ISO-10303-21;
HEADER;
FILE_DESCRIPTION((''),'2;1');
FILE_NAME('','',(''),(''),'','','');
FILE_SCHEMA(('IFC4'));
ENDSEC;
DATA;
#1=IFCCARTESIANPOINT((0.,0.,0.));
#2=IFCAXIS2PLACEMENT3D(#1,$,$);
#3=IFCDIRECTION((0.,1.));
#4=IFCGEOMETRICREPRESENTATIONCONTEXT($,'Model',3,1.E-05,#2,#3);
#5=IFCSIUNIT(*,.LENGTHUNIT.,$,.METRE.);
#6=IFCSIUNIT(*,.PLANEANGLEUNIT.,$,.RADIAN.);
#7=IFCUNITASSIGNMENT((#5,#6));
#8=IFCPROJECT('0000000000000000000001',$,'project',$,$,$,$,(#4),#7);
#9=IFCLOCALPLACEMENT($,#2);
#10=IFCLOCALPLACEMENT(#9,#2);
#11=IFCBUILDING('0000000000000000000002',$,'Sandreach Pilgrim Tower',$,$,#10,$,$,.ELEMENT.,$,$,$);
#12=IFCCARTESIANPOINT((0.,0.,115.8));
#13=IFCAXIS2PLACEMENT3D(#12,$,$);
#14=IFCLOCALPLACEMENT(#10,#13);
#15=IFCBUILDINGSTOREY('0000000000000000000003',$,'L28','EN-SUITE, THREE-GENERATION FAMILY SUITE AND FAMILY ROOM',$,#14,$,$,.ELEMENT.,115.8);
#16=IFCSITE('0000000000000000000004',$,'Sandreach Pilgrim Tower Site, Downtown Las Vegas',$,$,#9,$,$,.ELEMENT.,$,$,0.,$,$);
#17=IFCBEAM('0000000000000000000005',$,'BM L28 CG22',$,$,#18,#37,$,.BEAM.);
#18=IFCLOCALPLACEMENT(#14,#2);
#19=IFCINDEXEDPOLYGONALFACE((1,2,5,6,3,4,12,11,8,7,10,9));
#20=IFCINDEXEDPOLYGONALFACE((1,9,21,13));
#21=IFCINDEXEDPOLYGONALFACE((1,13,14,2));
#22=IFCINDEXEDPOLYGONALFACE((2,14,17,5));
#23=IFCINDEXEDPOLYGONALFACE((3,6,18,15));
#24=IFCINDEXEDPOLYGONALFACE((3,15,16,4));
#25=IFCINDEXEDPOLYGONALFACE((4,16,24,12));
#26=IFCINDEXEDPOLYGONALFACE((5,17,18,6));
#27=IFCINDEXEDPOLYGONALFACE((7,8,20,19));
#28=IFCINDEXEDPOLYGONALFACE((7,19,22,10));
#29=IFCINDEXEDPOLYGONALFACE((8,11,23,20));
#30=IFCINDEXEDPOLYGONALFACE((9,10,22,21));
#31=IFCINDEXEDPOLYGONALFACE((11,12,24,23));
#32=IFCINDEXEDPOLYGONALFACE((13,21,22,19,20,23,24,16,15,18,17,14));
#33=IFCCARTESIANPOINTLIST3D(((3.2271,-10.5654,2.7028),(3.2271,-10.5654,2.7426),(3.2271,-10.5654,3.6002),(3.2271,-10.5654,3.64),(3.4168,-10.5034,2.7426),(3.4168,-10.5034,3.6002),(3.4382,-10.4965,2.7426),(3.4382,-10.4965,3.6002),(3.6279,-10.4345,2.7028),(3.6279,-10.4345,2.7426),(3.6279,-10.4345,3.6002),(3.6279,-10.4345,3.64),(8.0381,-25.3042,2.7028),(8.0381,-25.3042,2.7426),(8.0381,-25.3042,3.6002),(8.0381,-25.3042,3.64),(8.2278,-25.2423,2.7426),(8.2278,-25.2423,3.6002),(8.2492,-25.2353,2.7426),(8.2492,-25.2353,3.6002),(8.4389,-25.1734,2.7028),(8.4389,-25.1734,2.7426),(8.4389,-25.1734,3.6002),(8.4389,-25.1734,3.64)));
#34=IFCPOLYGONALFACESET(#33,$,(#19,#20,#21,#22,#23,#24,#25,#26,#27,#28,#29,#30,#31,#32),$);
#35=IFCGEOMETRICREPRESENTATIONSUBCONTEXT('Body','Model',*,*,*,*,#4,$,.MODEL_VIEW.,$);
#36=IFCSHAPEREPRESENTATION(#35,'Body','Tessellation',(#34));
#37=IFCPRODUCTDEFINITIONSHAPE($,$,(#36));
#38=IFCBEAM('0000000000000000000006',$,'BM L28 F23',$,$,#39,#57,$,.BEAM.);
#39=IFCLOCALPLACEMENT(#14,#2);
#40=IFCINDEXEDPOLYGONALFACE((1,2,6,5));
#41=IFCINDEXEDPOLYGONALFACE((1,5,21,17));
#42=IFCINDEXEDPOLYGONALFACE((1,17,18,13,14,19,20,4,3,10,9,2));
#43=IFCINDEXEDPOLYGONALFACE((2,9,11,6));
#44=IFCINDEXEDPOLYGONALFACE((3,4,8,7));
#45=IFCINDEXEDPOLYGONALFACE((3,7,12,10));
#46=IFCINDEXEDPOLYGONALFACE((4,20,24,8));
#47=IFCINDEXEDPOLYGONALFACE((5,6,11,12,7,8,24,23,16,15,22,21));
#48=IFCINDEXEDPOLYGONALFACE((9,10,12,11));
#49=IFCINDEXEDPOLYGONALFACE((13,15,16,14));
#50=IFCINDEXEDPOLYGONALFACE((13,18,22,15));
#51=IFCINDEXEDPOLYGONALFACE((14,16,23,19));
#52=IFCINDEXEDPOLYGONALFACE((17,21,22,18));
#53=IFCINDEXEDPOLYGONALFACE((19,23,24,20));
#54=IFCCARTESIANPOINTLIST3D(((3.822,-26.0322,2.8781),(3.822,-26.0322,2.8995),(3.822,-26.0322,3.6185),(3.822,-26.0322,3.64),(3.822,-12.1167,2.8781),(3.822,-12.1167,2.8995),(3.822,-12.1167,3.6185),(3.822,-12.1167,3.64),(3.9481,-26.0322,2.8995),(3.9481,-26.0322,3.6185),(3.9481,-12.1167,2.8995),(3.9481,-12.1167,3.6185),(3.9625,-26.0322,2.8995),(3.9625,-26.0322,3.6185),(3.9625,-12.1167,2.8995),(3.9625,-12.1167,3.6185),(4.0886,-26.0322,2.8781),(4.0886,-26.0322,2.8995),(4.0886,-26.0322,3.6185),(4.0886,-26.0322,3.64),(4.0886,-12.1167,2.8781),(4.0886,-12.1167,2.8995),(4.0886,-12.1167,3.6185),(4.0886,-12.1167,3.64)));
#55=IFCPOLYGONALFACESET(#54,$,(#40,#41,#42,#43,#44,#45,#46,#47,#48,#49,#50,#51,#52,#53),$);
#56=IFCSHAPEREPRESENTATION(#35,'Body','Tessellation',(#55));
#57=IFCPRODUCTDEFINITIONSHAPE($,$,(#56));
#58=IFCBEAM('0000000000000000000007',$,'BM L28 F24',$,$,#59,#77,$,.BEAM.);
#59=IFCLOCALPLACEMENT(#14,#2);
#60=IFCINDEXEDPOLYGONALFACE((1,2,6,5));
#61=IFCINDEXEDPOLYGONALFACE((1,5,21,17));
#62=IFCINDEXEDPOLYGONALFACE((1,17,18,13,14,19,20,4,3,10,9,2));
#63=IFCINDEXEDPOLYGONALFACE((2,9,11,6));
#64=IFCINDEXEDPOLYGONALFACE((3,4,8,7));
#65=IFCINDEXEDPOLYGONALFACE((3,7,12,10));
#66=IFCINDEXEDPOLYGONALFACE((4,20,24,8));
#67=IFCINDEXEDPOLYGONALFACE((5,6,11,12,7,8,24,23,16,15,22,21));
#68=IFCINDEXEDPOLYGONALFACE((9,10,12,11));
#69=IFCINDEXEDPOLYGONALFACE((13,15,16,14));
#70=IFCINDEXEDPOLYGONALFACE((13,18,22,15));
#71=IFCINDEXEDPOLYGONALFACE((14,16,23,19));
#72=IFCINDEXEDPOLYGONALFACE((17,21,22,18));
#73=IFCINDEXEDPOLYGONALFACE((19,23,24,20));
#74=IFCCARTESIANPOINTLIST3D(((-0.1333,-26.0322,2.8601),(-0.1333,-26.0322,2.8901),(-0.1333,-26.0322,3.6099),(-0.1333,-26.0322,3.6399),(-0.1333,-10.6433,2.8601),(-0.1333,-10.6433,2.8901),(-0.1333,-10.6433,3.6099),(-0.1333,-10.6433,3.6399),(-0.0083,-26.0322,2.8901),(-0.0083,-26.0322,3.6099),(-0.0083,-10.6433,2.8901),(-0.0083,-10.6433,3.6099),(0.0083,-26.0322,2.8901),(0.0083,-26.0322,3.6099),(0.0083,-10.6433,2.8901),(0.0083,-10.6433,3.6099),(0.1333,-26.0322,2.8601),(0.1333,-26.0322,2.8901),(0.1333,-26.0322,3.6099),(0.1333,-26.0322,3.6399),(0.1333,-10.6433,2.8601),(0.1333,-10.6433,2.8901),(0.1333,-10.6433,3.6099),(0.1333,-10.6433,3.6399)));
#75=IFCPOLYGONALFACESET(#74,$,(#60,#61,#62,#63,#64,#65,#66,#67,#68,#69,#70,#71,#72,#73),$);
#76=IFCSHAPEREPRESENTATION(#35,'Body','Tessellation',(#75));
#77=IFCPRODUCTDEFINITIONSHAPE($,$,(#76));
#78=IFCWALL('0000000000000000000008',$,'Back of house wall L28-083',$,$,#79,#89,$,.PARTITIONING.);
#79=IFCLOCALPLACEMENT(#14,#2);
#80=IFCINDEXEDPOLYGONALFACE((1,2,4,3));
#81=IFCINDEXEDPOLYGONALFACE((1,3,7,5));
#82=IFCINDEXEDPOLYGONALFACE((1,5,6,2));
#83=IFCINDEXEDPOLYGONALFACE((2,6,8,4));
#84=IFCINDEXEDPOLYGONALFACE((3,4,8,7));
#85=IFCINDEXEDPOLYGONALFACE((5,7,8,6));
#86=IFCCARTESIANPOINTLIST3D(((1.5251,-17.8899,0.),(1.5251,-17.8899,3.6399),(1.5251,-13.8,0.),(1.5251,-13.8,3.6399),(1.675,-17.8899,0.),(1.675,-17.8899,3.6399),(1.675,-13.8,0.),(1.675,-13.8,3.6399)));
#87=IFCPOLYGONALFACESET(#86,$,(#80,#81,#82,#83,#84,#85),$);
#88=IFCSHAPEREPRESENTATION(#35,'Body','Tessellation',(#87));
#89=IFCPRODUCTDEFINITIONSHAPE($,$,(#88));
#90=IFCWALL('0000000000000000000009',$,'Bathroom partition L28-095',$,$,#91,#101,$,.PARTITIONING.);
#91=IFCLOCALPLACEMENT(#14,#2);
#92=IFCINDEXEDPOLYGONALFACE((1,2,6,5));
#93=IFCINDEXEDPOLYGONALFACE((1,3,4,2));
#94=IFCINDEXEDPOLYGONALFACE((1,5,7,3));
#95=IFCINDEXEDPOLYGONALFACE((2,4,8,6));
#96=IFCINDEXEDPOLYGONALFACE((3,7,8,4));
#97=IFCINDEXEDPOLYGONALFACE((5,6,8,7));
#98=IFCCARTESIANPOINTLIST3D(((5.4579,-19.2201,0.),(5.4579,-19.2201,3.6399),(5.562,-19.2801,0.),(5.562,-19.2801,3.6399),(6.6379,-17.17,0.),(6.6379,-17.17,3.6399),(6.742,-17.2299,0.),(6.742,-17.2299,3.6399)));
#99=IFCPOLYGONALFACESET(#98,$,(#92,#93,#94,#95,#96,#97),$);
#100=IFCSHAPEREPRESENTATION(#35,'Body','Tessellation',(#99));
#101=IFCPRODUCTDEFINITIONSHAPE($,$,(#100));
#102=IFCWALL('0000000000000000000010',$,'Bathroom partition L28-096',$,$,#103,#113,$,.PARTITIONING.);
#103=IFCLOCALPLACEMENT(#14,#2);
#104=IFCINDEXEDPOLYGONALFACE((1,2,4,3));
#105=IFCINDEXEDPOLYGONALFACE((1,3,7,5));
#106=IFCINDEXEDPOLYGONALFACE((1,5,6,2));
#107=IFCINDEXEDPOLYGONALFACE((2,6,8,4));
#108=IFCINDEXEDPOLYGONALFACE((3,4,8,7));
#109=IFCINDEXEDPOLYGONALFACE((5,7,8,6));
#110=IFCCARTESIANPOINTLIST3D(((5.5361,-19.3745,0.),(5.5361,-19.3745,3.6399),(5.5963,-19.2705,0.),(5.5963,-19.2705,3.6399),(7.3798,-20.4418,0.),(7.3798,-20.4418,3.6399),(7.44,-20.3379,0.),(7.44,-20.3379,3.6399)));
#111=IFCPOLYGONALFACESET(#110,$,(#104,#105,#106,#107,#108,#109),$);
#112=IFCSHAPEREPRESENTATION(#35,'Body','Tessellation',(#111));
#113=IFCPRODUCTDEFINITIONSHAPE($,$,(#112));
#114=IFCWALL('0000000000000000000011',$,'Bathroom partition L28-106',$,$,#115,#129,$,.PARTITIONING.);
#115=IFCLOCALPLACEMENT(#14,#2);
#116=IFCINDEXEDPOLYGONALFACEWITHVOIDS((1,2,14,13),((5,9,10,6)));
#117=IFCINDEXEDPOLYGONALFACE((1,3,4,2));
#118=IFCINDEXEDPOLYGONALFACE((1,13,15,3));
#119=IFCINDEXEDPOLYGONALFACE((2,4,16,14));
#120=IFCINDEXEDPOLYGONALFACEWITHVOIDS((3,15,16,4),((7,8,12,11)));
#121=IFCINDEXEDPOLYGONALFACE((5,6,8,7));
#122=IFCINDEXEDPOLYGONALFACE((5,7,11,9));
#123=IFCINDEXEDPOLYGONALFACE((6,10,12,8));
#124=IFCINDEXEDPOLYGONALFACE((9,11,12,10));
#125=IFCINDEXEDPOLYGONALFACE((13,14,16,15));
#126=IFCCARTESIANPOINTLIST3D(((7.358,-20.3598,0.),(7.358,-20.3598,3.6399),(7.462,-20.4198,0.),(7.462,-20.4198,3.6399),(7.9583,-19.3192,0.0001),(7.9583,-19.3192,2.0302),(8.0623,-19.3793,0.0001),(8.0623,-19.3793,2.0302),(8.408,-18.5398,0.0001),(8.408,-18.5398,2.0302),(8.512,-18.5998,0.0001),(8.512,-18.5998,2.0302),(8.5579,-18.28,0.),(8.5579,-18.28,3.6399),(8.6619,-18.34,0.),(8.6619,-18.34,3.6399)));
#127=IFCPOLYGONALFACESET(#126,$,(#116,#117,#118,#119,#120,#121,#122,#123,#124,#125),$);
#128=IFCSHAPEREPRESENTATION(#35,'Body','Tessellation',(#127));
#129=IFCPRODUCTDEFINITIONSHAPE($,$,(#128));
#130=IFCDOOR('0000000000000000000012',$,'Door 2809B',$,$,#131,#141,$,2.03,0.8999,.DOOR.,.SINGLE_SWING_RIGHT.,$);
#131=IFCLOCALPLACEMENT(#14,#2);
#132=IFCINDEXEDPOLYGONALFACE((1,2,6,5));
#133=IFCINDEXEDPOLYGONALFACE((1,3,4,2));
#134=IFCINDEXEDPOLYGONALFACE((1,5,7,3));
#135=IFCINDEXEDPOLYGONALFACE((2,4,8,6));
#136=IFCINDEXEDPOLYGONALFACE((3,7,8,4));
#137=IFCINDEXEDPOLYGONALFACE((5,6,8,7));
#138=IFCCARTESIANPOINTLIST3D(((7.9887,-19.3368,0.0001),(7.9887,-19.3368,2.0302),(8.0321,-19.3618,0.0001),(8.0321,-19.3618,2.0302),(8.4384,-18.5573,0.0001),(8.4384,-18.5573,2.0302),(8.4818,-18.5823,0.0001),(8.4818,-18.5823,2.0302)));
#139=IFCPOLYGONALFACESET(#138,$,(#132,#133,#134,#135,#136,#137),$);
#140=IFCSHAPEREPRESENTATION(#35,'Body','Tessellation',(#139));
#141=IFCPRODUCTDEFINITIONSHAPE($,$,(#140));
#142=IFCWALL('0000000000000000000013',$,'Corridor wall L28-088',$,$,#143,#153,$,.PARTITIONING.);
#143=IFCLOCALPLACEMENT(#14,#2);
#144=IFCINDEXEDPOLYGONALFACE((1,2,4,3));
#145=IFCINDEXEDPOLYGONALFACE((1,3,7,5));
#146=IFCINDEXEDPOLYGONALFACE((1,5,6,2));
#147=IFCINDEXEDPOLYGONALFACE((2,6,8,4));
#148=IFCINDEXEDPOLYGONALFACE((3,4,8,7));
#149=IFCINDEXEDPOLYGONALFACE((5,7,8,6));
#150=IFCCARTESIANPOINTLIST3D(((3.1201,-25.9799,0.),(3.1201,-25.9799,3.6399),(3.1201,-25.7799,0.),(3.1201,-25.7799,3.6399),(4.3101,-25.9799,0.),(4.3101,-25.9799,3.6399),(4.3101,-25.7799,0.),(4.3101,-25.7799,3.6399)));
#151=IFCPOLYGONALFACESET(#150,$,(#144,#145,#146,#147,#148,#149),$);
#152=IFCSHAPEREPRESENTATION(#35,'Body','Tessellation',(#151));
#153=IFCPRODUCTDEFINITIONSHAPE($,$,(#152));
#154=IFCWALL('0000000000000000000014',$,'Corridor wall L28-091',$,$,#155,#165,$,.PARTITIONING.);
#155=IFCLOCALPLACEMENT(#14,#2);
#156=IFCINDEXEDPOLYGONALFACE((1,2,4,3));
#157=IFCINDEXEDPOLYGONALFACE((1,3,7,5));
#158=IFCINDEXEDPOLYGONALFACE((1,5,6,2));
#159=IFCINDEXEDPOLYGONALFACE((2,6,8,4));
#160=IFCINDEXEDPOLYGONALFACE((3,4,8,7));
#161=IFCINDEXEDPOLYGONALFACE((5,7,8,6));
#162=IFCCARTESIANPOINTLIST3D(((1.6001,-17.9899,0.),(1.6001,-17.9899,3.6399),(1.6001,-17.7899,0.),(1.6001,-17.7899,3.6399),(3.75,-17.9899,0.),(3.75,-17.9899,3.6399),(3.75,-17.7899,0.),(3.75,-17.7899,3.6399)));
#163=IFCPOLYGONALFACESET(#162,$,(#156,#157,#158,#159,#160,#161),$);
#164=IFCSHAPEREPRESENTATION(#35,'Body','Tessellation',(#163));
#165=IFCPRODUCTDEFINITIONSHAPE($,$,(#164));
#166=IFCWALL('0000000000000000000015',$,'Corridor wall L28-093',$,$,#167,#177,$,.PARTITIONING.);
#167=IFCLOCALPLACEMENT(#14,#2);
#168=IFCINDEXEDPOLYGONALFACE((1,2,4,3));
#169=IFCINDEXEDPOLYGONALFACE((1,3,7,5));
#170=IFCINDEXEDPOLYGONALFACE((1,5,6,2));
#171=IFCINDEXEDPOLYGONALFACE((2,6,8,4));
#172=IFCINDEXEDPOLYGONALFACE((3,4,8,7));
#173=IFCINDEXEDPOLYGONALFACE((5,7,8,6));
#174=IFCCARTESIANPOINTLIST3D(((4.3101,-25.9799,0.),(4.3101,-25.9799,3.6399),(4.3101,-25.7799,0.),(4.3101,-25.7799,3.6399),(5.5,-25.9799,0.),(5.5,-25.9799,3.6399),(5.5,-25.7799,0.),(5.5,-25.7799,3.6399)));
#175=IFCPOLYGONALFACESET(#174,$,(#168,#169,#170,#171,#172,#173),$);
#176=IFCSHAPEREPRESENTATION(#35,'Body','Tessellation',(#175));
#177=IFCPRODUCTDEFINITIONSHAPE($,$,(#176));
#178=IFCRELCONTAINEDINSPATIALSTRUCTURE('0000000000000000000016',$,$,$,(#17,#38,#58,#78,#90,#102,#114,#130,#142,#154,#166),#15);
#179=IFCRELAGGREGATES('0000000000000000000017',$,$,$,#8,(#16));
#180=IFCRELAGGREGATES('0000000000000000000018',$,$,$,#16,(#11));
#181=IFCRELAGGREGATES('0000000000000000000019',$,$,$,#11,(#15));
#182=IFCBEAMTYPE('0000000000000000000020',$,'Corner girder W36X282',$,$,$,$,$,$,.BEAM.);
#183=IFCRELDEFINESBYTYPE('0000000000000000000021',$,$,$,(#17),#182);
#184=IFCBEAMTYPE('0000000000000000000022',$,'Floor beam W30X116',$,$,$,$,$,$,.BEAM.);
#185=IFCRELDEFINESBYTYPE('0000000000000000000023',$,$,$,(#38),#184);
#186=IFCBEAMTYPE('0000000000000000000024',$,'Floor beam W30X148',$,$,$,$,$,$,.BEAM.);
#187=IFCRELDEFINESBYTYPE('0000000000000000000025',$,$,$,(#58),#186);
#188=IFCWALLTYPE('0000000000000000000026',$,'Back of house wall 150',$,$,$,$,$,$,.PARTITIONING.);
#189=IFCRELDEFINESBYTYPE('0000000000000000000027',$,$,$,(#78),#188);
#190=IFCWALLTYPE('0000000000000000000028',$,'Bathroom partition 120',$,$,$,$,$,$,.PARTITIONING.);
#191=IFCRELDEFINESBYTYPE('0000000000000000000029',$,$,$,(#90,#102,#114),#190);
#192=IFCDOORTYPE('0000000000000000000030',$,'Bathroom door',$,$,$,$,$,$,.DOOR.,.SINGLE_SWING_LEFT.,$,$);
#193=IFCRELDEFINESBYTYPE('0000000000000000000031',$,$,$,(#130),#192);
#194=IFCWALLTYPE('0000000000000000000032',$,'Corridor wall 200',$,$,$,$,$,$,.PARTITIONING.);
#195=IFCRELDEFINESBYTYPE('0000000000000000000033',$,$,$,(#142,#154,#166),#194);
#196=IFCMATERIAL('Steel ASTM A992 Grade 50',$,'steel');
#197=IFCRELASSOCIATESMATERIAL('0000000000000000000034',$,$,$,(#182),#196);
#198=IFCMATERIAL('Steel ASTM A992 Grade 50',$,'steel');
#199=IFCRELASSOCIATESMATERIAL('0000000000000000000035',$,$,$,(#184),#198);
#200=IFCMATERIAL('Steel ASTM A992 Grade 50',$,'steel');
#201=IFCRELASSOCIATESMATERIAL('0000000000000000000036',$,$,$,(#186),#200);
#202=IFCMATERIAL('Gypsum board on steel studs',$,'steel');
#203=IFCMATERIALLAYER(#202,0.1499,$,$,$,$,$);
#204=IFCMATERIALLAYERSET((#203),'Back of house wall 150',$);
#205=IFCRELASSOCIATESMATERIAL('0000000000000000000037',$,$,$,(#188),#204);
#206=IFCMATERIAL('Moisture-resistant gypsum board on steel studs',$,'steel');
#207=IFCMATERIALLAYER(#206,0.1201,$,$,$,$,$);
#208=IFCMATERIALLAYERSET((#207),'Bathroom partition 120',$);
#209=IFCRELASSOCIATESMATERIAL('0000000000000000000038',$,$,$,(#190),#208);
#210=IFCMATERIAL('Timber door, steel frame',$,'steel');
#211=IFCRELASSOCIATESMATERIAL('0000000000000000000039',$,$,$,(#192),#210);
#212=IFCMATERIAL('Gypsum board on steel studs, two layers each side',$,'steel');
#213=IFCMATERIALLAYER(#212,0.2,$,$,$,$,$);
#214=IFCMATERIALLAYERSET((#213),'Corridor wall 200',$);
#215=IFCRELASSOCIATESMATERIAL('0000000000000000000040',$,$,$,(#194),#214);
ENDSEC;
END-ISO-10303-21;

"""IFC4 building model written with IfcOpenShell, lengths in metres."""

from ifc_helpers import new_model, si_unit, direction, frame, frame_2d, origin, origin_2d, place, context, subcontext, project, spatial, rectangle, i_section, extrude, material, layer, layer_set, material_profile, profile_set, type_object, element, fill, save


model = new_model("IFC4")

# Units and contexts
model_context = context("Model", 3, precision=1e-05, world=origin(), true_north=direction((0.0, 1.0)))
body_context = subcontext(model_context, "Body", "Model", "MODEL_VIEW")
ifc_project = project(units=[si_unit("LENGTHUNIT", "METRE"), si_unit("PLANEANGLEUNIT", "RADIAN")], contexts=[model_context])

# Site, building, storey
site_placement = place(None, origin())
site = spatial("IfcSite", under=ifc_project, at=site_placement, Name="Sandreach Pilgrim Tower Site, Downtown Las Vegas", CompositionType="ELEMENT", RefElevation=0.0)
building_placement = place(site_placement, origin())
building = spatial("IfcBuilding", under=site, at=building_placement, Name="Sandreach Pilgrim Tower", CompositionType="ELEMENT")
storey_placement = place(building_placement, frame((0.0, 0.0, 115.8)))
storey = spatial("IfcBuildingStorey", under=building, at=storey_placement, Name="L28", Description="EN-SUITE, THREE-GENERATION FAMILY SUITE AND FAMILY ROOM", CompositionType="ELEMENT", Elevation=115.8)

# Beams
ifc_material_1 = material(Name="Steel ASTM A992 Grade 50", Category="steel")
ifc_material_profile_1 = material_profile(ifc_material_1, i_section(OverallWidth=0.4216, OverallDepth=0.9373, WebThickness=0.0225, FlangeThickness=0.0398, at=origin_2d()), Name="W36X282")
ifc_profile_set_1 = profile_set([ifc_material_profile_1], Name="Steel ASTM A992 Grade 50")
beam_type_1 = type_object("IfcBeamType", Name="Corner girder W36X282", PredefinedType="BEAM", material=ifc_profile_set_1)
beam_1_placement = place(storey_placement, frame((8.2385, -25.2388, 3.1714), z_axis=(-0.310307, 0.950636, 0.0), x_axis=(-0.950636, -0.310307, 0.0)))
element("IfcBeam", 1, at=beam_1_placement, inside=storey, type_object=beam_type_1, Name="BM L28 CG22", PredefinedType="BEAM", context=body_context, shape_type="SweptSolid", body=[
    extrude(i_section(OverallWidth=0.4216, OverallDepth=0.9373, WebThickness=0.0225, FlangeThickness=0.0398, at=origin_2d()), origin(), (0.0, 0.0, 1.0), 15.5042),
])
ifc_material_2 = material(Name="Steel ASTM A992 Grade 50", Category="steel")
ifc_material_profile_2 = material_profile(ifc_material_2, i_section(OverallWidth=0.2666, OverallDepth=0.762, WebThickness=0.0144, FlangeThickness=0.0215, at=origin_2d()), Name="W30X116")
ifc_profile_set_2 = profile_set([ifc_material_profile_2], Name="Steel ASTM A992 Grade 50")
beam_type_2 = type_object("IfcBeamType", Name="Floor beam W30X116", PredefinedType="BEAM", material=ifc_profile_set_2)
beam_2_placement = place(storey_placement, frame((3.9553, -26.0322, 3.259), z_axis=(0.0, 1.0, 0.0), x_axis=(-1.0, 0.0, 0.0)))
element("IfcBeam", 2, at=beam_2_placement, inside=storey, type_object=beam_type_2, Name="BM L28 F23", PredefinedType="BEAM", context=body_context, shape_type="SweptSolid", body=[
    extrude(i_section(OverallWidth=0.2666, OverallDepth=0.762, WebThickness=0.0144, FlangeThickness=0.0215, at=origin_2d()), origin(), (0.0, 0.0, 1.0), 13.9155),
])
ifc_material_3 = material(Name="Steel ASTM A992 Grade 50", Category="steel")
ifc_material_profile_3 = material_profile(ifc_material_3, i_section(OverallWidth=0.2666, OverallDepth=0.7798, WebThickness=0.0166, FlangeThickness=0.03, at=origin_2d()), Name="W30X148")
ifc_profile_set_3 = profile_set([ifc_material_profile_3], Name="Steel ASTM A992 Grade 50")
beam_type_3 = type_object("IfcBeamType", Name="Floor beam W30X148", PredefinedType="BEAM", material=ifc_profile_set_3)
beam_3_placement = place(storey_placement, frame((0.0, -26.0322, 3.25), z_axis=(0.0, 1.0, 0.0), x_axis=(-1.0, 0.0, 0.0)))
element("IfcBeam", 3, at=beam_3_placement, inside=storey, type_object=beam_type_3, Name="BM L28 F24", PredefinedType="BEAM", context=body_context, shape_type="SweptSolid", body=[
    extrude(i_section(OverallWidth=0.2666, OverallDepth=0.7798, WebThickness=0.0166, FlangeThickness=0.03, at=origin_2d()), origin(), (0.0, 0.0, 1.0), 15.3889),
])

# Walls
ifc_material_4 = material(Name="Gypsum board on steel studs", Category="steel")
ifc_layer_1 = layer(ifc_material_4, 0.1499)
ifc_layer_set_1 = layer_set([ifc_layer_1], Name="Back of house wall 150")
wall_type_1 = type_object("IfcWallType", Name="Back of house wall 150", PredefinedType="PARTITIONING", material=ifc_layer_set_1)
wall_1_placement = place(storey_placement, frame((1.6001, -13.8, 0.0), z_axis=(0.0, 0.0, 1.0), x_axis=(0.0, -1.0, 0.0)))
element("IfcWall", 4, at=wall_1_placement, inside=storey, type_object=wall_type_1, Name="Back of house wall L28-083", PredefinedType="PARTITIONING", context=body_context, shape_type="SweptSolid", body=[
    extrude(rectangle(XDim=4.0898, YDim=0.1499, at=frame_2d((2.0449, 0.0))), origin(), (0.0, 0.0, 1.0), 3.6399),
])
ifc_material_5 = material(Name="Moisture-resistant gypsum board on steel studs", Category="steel")
ifc_layer_2 = layer(ifc_material_5, 0.1201)
ifc_layer_set_2 = layer_set([ifc_layer_2], Name="Bathroom partition 120")
wall_type_2 = type_object("IfcWallType", Name="Bathroom partition 120", PredefinedType="PARTITIONING", material=ifc_layer_set_2)
wall_2_placement = place(storey_placement, frame((5.51, -19.25, 0.0), z_axis=(0.0, 0.0, 1.0), x_axis=(0.498838, 0.866695, 0.0)))
element("IfcWall", 5, at=wall_2_placement, inside=storey, type_object=wall_type_2, Name="Bathroom partition L28-095", PredefinedType="PARTITIONING", context=body_context, shape_type="SweptSolid", body=[
    extrude(rectangle(XDim=2.3655, YDim=0.1201, at=frame_2d((1.1826, 0.0))), origin(), (0.0, 0.0, 1.0), 3.6399),
])
wall_3_placement = place(storey_placement, frame((5.5662, -19.3225, 0.0), z_axis=(0.0, 0.0, 1.0), x_axis=(0.865437, -0.501018, 0.0)))
element("IfcWall", 6, at=wall_3_placement, inside=storey, type_object=wall_type_2, Name="Bathroom partition L28-096", PredefinedType="PARTITIONING", context=body_context, shape_type="SweptSolid", body=[
    extrude(rectangle(XDim=2.1304, YDim=0.1201, at=frame_2d((1.0652, 0.0))), origin(), (0.0, 0.0, 1.0), 3.6399),
])

# Wall, opening, door
wall_4_placement = place(storey_placement, frame((7.4099, -20.3899, 0.0), z_axis=(0.0, 0.0, 1.0), x_axis=(0.499737, 0.866177, 0.0)))
wall_4 = element("IfcWall", 7, at=wall_4_placement, inside=storey, type_object=wall_type_2, Name="Bathroom partition L28-106", PredefinedType="PARTITIONING", context=body_context, shape_type="SweptSolid", body=[
    extrude(rectangle(XDim=2.4011, YDim=0.1201, at=frame_2d((1.2007, 0.0))), origin(), (0.0, 0.0, 1.0), 3.6399),
])
opening_1_placement = place(wall_4_placement, frame((1.2014, 0.0, 0.0)))
opening_1 = element("IfcOpeningElement", 8, at=opening_1_placement, cuts=wall_4, PredefinedType="OPENING", context=body_context, shape_type="SweptSolid", body=[
    extrude(rectangle(XDim=0.8999, YDim=2.03, at=frame_2d((0.45, 1.0151))), frame((0.0, 0.0601, 0.0), z_axis=(0.0, -1.0, 0.0), x_axis=(1.0, 0.0, 0.0)), (0.0, 0.0, 1.0), 0.1201),
])
ifc_material_6 = material(Name="Timber door, steel frame", Category="steel")
door_type_1 = type_object("IfcDoorType", Name="Bathroom door", OperationType="SINGLE_SWING_LEFT", PredefinedType="DOOR", material=ifc_material_6)
door_1_placement = place(opening_1_placement, origin())
door_1 = element("IfcDoor", 9, at=door_1_placement, inside=storey, type_object=door_type_1, Name="Door 2809B", OperationType="SINGLE_SWING_RIGHT", OverallHeight=2.03, OverallWidth=0.8999, PredefinedType="DOOR", context=body_context, shape_type="SweptSolid", body=[
    extrude(rectangle(XDim=0.8999, YDim=2.03, at=frame_2d((0.45, 1.0151))), frame((0.0, 0.0249, 0.0), z_axis=(0.0, -1.0, 0.0), x_axis=(1.0, 0.0, 0.0)), (0.0, 0.0, 1.0), 0.05),
])
fill(opening_1, door_1)
ifc_material_7 = material(Name="Gypsum board on steel studs, two layers each side", Category="steel")
ifc_layer_3 = layer(ifc_material_7, 0.2)
ifc_layer_set_3 = layer_set([ifc_layer_3], Name="Corridor wall 200")
wall_type_3 = type_object("IfcWallType", Name="Corridor wall 200", PredefinedType="PARTITIONING", material=ifc_layer_set_3)

# Walls
wall_5_placement = place(storey_placement, frame((3.1201, -25.8799, 0.0), z_axis=(0.0, 0.0, 1.0), x_axis=(1.0, 0.0, 0.0)))
element("IfcWall", 10, at=wall_5_placement, inside=storey, type_object=wall_type_3, Name="Corridor wall L28-088", PredefinedType="PARTITIONING", context=body_context, shape_type="SweptSolid", body=[
    extrude(rectangle(XDim=1.1899, YDim=0.2, at=frame_2d((0.595, 0.0))), origin(), (0.0, 0.0, 1.0), 3.6399),
])
wall_6_placement = place(storey_placement, frame((3.75, -17.8899, 0.0), z_axis=(0.0, 0.0, 1.0), x_axis=(-1.0, 0.0, 0.0)))
element("IfcWall", 11, at=wall_6_placement, inside=storey, type_object=wall_type_3, Name="Corridor wall L28-091", PredefinedType="PARTITIONING", context=body_context, shape_type="SweptSolid", body=[
    extrude(rectangle(XDim=2.1499, YDim=0.2, at=frame_2d((1.075, 0.0))), origin(), (0.0, 0.0, 1.0), 3.6399),
])
wall_7_placement = place(storey_placement, frame((4.3101, -25.8799, 0.0), z_axis=(0.0, 0.0, 1.0), x_axis=(1.0, 0.0, 0.0)))
element("IfcWall", 12, at=wall_7_placement, inside=storey, type_object=wall_type_3, Name="Corridor wall L28-093", PredefinedType="PARTITIONING", context=body_context, shape_type="SweptSolid", body=[
    extrude(rectangle(XDim=1.1899, YDim=0.2, at=frame_2d((0.595, 0.0))), origin(), (0.0, 0.0, 1.0), 3.6399),
])

save(model, "model.ifc")
